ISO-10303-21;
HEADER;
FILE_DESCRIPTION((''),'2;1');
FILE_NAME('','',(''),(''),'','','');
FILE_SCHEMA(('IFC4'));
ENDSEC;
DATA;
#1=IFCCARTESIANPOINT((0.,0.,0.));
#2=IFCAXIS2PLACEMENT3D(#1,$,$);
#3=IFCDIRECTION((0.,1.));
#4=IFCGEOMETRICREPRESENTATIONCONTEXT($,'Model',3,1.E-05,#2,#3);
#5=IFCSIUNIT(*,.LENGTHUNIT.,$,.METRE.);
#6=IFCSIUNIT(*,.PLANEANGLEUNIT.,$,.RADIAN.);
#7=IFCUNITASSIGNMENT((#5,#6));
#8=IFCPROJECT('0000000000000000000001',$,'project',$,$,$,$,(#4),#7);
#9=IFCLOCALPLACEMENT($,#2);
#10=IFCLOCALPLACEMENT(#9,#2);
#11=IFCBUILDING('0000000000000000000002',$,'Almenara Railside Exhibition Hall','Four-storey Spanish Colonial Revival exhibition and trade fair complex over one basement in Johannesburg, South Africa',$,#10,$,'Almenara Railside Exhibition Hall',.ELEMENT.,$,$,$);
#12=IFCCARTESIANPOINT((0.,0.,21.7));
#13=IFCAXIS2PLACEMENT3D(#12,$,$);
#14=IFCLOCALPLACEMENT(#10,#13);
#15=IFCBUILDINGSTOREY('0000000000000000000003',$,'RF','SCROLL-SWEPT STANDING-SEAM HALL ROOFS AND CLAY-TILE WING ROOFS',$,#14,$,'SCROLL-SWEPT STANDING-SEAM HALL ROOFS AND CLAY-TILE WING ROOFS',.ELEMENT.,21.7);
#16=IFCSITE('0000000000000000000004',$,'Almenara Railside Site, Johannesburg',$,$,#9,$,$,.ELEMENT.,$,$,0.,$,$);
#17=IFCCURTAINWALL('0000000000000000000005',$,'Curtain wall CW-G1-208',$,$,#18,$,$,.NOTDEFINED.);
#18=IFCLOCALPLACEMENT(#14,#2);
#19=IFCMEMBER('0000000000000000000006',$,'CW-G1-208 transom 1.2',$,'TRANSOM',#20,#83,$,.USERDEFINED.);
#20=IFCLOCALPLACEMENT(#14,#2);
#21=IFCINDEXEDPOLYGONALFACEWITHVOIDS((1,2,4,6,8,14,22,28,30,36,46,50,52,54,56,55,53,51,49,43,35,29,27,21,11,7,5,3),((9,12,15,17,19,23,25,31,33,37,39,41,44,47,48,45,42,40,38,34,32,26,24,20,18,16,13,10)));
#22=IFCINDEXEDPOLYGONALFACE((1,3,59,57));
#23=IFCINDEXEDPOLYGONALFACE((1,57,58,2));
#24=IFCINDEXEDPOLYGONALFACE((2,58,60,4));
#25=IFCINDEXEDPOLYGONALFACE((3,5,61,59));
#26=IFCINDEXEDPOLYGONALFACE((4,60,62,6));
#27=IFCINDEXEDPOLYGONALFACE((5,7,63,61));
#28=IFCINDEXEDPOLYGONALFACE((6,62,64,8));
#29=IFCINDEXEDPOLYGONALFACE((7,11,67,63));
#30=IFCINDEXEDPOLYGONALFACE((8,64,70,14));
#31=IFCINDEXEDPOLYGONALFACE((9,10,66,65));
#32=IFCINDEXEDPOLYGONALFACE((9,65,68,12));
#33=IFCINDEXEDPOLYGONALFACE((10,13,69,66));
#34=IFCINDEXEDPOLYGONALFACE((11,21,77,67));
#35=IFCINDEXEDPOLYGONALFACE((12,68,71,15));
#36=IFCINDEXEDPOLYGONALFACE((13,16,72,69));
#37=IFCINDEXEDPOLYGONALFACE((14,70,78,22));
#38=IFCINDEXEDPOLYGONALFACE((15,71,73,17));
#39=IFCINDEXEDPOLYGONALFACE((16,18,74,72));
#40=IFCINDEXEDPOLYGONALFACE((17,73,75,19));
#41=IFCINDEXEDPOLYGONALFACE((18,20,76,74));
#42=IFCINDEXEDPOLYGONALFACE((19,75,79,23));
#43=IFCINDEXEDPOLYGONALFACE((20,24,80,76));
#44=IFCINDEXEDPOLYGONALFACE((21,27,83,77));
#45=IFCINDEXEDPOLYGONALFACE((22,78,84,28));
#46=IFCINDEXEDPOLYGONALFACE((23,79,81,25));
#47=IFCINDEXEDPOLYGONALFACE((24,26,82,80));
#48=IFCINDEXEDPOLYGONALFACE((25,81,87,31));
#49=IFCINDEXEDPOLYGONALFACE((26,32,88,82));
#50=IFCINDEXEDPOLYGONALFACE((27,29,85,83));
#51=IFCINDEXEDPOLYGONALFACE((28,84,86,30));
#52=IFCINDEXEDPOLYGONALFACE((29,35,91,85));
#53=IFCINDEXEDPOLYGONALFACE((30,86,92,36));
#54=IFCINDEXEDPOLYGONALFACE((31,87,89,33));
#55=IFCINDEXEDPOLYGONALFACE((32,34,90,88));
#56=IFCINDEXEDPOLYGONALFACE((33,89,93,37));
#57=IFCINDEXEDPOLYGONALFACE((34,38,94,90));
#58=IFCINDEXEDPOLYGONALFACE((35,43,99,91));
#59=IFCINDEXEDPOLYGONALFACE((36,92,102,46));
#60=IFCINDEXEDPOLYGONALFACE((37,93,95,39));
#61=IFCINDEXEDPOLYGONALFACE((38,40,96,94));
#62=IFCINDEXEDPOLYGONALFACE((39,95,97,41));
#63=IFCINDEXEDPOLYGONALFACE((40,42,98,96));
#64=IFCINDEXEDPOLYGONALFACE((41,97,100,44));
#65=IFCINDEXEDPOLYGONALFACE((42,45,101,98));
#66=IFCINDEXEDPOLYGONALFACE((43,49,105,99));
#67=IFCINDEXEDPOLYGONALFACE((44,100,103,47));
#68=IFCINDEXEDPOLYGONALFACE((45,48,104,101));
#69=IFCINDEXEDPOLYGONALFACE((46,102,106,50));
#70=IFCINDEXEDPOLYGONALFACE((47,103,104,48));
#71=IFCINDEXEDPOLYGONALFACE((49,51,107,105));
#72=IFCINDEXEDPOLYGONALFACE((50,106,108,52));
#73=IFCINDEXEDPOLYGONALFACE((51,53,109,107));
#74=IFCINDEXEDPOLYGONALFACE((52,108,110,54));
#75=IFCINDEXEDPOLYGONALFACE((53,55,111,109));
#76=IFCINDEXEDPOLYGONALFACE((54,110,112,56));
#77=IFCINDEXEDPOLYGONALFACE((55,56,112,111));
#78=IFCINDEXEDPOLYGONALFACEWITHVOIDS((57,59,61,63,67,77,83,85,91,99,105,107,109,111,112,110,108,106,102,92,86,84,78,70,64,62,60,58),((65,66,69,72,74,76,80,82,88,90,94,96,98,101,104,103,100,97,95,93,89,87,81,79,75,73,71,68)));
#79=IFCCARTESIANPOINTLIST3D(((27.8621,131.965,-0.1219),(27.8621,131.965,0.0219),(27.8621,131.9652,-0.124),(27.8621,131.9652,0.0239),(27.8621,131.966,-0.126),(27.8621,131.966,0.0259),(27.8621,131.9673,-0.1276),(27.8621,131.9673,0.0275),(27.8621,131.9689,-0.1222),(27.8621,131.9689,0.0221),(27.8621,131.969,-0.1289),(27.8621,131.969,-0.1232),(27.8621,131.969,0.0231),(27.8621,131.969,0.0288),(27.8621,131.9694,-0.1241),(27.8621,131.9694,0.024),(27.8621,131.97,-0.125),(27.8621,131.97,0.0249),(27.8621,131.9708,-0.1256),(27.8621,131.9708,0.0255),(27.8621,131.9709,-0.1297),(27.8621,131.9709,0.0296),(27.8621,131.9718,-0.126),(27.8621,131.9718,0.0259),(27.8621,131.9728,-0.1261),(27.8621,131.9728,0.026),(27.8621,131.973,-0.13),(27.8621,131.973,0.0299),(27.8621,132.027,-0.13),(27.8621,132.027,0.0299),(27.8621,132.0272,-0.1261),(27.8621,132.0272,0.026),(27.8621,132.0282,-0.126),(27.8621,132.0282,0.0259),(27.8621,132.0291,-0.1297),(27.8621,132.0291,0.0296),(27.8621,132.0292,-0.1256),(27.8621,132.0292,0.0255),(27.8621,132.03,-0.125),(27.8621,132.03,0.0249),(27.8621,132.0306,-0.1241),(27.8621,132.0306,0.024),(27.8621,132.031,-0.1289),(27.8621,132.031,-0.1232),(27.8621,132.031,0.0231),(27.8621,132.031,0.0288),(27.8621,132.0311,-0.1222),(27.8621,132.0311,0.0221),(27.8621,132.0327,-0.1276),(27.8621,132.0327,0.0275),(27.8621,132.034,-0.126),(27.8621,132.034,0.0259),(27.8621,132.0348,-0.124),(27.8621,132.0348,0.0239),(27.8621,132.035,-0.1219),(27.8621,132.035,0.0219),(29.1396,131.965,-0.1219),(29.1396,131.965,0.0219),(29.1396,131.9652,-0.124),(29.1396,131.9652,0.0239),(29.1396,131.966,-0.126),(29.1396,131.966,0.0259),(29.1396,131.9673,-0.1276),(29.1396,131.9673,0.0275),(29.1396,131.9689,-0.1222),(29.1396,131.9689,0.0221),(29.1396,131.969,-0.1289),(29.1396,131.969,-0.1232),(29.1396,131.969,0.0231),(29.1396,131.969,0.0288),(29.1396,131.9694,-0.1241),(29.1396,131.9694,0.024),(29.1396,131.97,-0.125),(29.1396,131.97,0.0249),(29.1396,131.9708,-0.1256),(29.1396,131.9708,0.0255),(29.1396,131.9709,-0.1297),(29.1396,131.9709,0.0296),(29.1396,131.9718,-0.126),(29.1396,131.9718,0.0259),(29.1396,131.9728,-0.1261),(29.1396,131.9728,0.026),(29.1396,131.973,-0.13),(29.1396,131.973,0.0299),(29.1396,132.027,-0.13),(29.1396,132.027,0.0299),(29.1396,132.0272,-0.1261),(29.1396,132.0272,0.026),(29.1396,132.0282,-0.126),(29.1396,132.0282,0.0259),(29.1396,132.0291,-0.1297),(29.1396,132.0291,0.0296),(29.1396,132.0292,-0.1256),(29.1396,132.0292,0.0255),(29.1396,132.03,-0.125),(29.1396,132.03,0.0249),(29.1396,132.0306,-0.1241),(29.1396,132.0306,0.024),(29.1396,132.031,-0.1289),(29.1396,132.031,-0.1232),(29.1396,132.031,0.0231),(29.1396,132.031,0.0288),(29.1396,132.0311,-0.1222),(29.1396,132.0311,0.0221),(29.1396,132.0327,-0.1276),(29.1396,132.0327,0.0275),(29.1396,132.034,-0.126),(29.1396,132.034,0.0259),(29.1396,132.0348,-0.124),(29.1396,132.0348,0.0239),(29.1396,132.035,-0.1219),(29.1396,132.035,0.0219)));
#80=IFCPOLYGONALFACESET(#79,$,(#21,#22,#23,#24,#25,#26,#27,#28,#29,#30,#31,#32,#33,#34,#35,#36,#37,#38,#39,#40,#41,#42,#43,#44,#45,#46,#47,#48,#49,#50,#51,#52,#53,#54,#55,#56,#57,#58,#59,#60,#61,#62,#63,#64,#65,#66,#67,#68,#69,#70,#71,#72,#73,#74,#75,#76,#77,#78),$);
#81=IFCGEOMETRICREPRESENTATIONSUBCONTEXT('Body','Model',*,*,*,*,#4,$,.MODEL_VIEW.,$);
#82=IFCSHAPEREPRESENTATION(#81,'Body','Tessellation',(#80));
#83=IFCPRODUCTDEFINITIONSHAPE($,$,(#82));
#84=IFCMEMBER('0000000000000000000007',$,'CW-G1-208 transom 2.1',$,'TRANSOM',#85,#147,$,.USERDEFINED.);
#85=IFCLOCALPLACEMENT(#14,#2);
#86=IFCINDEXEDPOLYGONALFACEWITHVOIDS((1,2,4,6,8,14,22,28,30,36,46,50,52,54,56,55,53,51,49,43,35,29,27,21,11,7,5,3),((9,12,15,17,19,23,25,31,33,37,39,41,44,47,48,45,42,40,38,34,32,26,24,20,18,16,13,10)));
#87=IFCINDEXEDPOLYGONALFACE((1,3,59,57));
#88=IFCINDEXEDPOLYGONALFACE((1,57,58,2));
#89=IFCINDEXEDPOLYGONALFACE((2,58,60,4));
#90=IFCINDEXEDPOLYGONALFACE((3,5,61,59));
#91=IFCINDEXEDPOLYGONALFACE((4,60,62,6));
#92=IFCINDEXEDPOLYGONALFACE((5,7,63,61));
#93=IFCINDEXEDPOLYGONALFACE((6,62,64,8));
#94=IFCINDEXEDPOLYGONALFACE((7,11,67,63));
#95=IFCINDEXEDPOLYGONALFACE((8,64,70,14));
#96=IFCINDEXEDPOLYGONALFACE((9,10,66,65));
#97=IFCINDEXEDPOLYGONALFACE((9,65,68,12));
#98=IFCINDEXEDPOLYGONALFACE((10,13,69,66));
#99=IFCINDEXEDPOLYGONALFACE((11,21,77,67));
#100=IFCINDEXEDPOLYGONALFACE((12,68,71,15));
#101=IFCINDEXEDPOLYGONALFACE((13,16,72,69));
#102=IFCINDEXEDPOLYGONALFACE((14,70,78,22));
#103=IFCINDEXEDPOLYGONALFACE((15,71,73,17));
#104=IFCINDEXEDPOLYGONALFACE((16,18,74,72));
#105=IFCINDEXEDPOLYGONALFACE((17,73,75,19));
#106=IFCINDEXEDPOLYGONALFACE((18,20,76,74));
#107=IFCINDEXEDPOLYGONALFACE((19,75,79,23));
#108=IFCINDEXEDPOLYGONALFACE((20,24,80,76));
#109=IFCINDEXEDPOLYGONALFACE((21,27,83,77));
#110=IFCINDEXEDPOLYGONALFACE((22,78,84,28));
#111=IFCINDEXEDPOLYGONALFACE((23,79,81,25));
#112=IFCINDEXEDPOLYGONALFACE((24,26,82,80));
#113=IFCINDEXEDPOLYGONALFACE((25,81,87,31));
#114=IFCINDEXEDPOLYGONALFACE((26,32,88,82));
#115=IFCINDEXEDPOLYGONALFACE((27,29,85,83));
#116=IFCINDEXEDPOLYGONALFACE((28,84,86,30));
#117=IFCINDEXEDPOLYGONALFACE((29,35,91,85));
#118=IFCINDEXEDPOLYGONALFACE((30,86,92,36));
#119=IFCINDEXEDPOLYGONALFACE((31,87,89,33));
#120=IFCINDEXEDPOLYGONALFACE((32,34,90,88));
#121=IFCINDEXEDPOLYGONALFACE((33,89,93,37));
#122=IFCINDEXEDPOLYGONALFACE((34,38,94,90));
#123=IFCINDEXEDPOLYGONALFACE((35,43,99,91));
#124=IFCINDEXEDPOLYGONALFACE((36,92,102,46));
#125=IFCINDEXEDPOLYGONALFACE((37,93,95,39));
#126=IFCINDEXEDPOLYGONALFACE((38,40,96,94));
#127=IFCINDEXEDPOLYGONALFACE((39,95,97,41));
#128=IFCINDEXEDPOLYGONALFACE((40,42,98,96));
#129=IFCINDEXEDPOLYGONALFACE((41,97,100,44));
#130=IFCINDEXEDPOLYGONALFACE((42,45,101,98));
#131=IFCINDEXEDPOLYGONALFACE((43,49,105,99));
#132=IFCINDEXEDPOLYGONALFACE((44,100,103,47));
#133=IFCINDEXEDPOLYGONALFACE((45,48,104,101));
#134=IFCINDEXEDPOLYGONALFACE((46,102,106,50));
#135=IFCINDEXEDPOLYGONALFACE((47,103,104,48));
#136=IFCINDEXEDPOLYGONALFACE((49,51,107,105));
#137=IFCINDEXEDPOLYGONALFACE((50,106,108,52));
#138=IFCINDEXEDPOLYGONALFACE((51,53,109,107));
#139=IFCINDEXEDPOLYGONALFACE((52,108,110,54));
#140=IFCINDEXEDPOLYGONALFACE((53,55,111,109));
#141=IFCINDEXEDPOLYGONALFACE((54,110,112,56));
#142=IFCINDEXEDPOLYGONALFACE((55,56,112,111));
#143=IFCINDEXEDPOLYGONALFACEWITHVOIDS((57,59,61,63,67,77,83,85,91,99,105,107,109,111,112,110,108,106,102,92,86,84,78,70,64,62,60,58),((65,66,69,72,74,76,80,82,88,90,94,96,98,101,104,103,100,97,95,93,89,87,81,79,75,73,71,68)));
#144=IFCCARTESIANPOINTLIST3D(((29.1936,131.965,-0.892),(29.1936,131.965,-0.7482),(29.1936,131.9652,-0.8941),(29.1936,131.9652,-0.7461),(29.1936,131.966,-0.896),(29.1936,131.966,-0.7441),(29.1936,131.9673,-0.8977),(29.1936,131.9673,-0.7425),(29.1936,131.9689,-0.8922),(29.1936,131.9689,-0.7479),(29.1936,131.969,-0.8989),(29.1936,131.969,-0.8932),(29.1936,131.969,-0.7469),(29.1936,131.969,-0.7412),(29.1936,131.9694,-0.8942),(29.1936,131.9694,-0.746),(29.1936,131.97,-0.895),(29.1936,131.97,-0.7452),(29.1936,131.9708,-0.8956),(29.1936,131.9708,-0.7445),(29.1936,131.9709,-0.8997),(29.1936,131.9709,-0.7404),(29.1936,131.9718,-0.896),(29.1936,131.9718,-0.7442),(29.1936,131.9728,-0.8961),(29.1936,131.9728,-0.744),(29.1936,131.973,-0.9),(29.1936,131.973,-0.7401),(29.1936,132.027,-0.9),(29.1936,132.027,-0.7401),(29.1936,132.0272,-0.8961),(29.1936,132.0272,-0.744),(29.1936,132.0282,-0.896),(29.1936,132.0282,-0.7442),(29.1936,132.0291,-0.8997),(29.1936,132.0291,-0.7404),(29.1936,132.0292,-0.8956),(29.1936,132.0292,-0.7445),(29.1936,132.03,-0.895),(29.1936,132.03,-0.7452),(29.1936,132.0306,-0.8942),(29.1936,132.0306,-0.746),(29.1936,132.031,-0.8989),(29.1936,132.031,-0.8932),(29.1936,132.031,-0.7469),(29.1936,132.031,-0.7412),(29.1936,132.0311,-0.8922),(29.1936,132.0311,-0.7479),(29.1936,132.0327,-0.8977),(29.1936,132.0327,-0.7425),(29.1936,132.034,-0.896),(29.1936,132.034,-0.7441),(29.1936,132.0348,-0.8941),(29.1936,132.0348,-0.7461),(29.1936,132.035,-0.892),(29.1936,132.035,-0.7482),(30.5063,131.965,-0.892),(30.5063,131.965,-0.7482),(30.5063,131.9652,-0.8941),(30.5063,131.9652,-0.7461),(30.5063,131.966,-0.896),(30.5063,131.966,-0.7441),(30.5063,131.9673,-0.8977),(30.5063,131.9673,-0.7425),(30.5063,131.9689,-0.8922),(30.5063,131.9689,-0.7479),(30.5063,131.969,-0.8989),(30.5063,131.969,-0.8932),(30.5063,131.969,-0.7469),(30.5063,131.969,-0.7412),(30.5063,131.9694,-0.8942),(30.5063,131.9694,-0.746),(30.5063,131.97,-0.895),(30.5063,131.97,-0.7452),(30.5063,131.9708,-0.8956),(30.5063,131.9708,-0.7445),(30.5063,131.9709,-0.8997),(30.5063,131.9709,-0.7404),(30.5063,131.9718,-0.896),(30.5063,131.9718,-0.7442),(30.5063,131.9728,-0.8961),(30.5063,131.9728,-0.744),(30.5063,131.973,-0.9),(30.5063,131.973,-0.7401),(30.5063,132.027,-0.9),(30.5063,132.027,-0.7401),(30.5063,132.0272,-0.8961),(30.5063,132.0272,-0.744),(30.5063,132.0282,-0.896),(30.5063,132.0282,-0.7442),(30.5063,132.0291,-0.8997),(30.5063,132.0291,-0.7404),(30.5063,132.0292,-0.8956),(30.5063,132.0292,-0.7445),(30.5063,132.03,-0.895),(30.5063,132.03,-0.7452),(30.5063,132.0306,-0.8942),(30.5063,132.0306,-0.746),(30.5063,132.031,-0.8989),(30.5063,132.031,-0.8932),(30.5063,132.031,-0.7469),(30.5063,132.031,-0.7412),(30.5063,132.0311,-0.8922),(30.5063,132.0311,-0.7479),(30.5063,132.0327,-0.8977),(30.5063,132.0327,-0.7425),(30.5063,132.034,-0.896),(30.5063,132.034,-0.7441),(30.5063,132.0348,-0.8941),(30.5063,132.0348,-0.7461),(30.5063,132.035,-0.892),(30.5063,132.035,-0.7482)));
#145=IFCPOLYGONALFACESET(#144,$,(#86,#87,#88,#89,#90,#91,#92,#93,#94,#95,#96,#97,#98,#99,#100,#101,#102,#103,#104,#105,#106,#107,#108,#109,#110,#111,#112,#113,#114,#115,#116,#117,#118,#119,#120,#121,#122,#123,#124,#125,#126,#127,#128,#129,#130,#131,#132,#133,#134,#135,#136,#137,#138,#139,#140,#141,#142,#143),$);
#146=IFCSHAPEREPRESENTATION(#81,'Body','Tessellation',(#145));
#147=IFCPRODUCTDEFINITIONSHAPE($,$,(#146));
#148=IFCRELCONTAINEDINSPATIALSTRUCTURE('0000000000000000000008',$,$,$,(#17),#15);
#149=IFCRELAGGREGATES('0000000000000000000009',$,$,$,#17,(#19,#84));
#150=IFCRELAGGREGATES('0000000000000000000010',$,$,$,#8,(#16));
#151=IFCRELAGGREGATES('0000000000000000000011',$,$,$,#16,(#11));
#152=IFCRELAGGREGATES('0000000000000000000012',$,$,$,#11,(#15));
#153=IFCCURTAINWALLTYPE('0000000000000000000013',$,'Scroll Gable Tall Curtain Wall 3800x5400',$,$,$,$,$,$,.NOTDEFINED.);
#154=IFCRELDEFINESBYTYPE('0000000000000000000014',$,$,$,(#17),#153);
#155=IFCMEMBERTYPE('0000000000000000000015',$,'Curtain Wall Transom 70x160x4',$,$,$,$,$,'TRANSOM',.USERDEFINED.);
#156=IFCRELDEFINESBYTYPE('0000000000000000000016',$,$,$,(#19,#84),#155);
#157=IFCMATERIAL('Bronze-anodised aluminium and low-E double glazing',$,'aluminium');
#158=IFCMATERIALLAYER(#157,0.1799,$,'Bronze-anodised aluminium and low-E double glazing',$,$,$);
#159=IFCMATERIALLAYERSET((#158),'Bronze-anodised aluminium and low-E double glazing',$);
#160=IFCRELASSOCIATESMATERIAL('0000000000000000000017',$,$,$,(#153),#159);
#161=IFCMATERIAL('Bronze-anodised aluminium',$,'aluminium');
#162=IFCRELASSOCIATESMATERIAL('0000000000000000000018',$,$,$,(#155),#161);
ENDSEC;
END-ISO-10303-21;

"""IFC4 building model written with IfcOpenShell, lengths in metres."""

from ifc_helpers import new_model, si_unit, direction, frame, origin, origin_2d, place, context, subcontext, project, spatial, hollow_rectangle, extrude, material, layer, layer_set, material_profile, profile_set, type_object, element, aggregate, save


model = new_model("IFC4")

# Units and contexts
model_context = context("Model", 3, precision=1e-05, world=origin(), true_north=direction((0.0, 1.0)))
body_context = subcontext(model_context, "Body", "Model", "MODEL_VIEW")
ifc_project = project(units=[si_unit("LENGTHUNIT", "METRE"), si_unit("PLANEANGLEUNIT", "RADIAN")], contexts=[model_context])

# Site, building, storey
site_placement = place(None, origin())
site = spatial("IfcSite", under=ifc_project, at=site_placement, Name="Almenara Railside Site, Johannesburg", CompositionType="ELEMENT", RefElevation=0.0)
building_placement = place(site_placement, origin())
building = spatial("IfcBuilding", under=site, at=building_placement, Name="Almenara Railside Exhibition Hall", Description="Four-storey Spanish Colonial Revival exhibition and trade fair complex over one basement in Johannesburg, South Africa", LongName="Almenara Railside Exhibition Hall", CompositionType="ELEMENT")
storey_placement = place(building_placement, frame((0.0, 0.0, 21.7)))
storey = spatial("IfcBuildingStorey", under=building, at=storey_placement, Name="RF", Description="SCROLL-SWEPT STANDING-SEAM HALL ROOFS AND CLAY-TILE WING ROOFS", LongName="SCROLL-SWEPT STANDING-SEAM HALL ROOFS AND CLAY-TILE WING ROOFS", CompositionType="ELEMENT", Elevation=21.7)

# Curtain wall
ifc_material_1 = material(Name="Bronze-anodised aluminium and low-E double glazing", Category="aluminium")
ifc_layer_1 = layer(ifc_material_1, 0.1799, Name="Bronze-anodised aluminium and low-E double glazing")
ifc_layer_set_1 = layer_set([ifc_layer_1], Name="Bronze-anodised aluminium and low-E double glazing")
curtain_wall_type = type_object("IfcCurtainWallType", Name="Scroll Gable Tall Curtain Wall 3800x5400", PredefinedType="NOTDEFINED", material=ifc_layer_set_1)
ifc_material_2 = material(Name="Bronze-anodised aluminium", Category="aluminium")
curtain_wall_1_placement = place(storey_placement, origin())
curtain_wall_1 = element("IfcCurtainWall", 1, at=curtain_wall_1_placement, inside=storey, type_object=curtain_wall_type, Name="Curtain wall CW-G1-208", PredefinedType="NOTDEFINED")

# Members
ifc_material_profile_1 = material_profile(ifc_material_2, hollow_rectangle(XDim=0.0701, YDim=0.1599, WallThickness=0.0039, InnerFilletRadius=0.0039, OuterFilletRadius=0.0081, at=origin_2d()), Name="ALU-TRN 70x160x4")
ifc_profile_set_1 = profile_set([ifc_material_profile_1], Name="Bronze-anodised aluminium")
member_type_1 = type_object("IfcMemberType", Name="Curtain Wall Transom 70x160x4", ElementType="TRANSOM", PredefinedType="USERDEFINED", material=ifc_profile_set_1)
member_1_placement = place(storey_placement, frame((27.8621, 132.0, -0.05), z_axis=(1.0, 0.0, 0.0), x_axis=(0.0, 1.0, 0.0)))
member_1 = element("IfcMember", 2, at=member_1_placement, type_object=member_type_1, Name="CW-G1-208 transom 1.2", ObjectType="TRANSOM", PredefinedType="USERDEFINED", context=body_context, shape_type="SweptSolid", body=[
    extrude(hollow_rectangle(XDim=0.0701, YDim=0.1599, WallThickness=0.0039, InnerFilletRadius=0.0039, OuterFilletRadius=0.0081, at=origin_2d()), origin(), (0.0, 0.0, 1.0), 1.2776),
])
member_2_placement = place(storey_placement, frame((29.1936, 132.0, -0.8201), z_axis=(1.0, 0.0, 0.0), x_axis=(0.0, 1.0, 0.0)))
member_2 = element("IfcMember", 3, at=member_2_placement, type_object=member_type_1, Name="CW-G1-208 transom 2.1", ObjectType="TRANSOM", PredefinedType="USERDEFINED", context=body_context, shape_type="SweptSolid", body=[
    extrude(hollow_rectangle(XDim=0.0701, YDim=0.1599, WallThickness=0.0039, InnerFilletRadius=0.0039, OuterFilletRadius=0.0081, at=origin_2d()), origin(), (0.0, 0.0, 1.0), 1.3127),
])

aggregate(curtain_wall_1, [member_1, member_2])

save(model, "model.ifc")
